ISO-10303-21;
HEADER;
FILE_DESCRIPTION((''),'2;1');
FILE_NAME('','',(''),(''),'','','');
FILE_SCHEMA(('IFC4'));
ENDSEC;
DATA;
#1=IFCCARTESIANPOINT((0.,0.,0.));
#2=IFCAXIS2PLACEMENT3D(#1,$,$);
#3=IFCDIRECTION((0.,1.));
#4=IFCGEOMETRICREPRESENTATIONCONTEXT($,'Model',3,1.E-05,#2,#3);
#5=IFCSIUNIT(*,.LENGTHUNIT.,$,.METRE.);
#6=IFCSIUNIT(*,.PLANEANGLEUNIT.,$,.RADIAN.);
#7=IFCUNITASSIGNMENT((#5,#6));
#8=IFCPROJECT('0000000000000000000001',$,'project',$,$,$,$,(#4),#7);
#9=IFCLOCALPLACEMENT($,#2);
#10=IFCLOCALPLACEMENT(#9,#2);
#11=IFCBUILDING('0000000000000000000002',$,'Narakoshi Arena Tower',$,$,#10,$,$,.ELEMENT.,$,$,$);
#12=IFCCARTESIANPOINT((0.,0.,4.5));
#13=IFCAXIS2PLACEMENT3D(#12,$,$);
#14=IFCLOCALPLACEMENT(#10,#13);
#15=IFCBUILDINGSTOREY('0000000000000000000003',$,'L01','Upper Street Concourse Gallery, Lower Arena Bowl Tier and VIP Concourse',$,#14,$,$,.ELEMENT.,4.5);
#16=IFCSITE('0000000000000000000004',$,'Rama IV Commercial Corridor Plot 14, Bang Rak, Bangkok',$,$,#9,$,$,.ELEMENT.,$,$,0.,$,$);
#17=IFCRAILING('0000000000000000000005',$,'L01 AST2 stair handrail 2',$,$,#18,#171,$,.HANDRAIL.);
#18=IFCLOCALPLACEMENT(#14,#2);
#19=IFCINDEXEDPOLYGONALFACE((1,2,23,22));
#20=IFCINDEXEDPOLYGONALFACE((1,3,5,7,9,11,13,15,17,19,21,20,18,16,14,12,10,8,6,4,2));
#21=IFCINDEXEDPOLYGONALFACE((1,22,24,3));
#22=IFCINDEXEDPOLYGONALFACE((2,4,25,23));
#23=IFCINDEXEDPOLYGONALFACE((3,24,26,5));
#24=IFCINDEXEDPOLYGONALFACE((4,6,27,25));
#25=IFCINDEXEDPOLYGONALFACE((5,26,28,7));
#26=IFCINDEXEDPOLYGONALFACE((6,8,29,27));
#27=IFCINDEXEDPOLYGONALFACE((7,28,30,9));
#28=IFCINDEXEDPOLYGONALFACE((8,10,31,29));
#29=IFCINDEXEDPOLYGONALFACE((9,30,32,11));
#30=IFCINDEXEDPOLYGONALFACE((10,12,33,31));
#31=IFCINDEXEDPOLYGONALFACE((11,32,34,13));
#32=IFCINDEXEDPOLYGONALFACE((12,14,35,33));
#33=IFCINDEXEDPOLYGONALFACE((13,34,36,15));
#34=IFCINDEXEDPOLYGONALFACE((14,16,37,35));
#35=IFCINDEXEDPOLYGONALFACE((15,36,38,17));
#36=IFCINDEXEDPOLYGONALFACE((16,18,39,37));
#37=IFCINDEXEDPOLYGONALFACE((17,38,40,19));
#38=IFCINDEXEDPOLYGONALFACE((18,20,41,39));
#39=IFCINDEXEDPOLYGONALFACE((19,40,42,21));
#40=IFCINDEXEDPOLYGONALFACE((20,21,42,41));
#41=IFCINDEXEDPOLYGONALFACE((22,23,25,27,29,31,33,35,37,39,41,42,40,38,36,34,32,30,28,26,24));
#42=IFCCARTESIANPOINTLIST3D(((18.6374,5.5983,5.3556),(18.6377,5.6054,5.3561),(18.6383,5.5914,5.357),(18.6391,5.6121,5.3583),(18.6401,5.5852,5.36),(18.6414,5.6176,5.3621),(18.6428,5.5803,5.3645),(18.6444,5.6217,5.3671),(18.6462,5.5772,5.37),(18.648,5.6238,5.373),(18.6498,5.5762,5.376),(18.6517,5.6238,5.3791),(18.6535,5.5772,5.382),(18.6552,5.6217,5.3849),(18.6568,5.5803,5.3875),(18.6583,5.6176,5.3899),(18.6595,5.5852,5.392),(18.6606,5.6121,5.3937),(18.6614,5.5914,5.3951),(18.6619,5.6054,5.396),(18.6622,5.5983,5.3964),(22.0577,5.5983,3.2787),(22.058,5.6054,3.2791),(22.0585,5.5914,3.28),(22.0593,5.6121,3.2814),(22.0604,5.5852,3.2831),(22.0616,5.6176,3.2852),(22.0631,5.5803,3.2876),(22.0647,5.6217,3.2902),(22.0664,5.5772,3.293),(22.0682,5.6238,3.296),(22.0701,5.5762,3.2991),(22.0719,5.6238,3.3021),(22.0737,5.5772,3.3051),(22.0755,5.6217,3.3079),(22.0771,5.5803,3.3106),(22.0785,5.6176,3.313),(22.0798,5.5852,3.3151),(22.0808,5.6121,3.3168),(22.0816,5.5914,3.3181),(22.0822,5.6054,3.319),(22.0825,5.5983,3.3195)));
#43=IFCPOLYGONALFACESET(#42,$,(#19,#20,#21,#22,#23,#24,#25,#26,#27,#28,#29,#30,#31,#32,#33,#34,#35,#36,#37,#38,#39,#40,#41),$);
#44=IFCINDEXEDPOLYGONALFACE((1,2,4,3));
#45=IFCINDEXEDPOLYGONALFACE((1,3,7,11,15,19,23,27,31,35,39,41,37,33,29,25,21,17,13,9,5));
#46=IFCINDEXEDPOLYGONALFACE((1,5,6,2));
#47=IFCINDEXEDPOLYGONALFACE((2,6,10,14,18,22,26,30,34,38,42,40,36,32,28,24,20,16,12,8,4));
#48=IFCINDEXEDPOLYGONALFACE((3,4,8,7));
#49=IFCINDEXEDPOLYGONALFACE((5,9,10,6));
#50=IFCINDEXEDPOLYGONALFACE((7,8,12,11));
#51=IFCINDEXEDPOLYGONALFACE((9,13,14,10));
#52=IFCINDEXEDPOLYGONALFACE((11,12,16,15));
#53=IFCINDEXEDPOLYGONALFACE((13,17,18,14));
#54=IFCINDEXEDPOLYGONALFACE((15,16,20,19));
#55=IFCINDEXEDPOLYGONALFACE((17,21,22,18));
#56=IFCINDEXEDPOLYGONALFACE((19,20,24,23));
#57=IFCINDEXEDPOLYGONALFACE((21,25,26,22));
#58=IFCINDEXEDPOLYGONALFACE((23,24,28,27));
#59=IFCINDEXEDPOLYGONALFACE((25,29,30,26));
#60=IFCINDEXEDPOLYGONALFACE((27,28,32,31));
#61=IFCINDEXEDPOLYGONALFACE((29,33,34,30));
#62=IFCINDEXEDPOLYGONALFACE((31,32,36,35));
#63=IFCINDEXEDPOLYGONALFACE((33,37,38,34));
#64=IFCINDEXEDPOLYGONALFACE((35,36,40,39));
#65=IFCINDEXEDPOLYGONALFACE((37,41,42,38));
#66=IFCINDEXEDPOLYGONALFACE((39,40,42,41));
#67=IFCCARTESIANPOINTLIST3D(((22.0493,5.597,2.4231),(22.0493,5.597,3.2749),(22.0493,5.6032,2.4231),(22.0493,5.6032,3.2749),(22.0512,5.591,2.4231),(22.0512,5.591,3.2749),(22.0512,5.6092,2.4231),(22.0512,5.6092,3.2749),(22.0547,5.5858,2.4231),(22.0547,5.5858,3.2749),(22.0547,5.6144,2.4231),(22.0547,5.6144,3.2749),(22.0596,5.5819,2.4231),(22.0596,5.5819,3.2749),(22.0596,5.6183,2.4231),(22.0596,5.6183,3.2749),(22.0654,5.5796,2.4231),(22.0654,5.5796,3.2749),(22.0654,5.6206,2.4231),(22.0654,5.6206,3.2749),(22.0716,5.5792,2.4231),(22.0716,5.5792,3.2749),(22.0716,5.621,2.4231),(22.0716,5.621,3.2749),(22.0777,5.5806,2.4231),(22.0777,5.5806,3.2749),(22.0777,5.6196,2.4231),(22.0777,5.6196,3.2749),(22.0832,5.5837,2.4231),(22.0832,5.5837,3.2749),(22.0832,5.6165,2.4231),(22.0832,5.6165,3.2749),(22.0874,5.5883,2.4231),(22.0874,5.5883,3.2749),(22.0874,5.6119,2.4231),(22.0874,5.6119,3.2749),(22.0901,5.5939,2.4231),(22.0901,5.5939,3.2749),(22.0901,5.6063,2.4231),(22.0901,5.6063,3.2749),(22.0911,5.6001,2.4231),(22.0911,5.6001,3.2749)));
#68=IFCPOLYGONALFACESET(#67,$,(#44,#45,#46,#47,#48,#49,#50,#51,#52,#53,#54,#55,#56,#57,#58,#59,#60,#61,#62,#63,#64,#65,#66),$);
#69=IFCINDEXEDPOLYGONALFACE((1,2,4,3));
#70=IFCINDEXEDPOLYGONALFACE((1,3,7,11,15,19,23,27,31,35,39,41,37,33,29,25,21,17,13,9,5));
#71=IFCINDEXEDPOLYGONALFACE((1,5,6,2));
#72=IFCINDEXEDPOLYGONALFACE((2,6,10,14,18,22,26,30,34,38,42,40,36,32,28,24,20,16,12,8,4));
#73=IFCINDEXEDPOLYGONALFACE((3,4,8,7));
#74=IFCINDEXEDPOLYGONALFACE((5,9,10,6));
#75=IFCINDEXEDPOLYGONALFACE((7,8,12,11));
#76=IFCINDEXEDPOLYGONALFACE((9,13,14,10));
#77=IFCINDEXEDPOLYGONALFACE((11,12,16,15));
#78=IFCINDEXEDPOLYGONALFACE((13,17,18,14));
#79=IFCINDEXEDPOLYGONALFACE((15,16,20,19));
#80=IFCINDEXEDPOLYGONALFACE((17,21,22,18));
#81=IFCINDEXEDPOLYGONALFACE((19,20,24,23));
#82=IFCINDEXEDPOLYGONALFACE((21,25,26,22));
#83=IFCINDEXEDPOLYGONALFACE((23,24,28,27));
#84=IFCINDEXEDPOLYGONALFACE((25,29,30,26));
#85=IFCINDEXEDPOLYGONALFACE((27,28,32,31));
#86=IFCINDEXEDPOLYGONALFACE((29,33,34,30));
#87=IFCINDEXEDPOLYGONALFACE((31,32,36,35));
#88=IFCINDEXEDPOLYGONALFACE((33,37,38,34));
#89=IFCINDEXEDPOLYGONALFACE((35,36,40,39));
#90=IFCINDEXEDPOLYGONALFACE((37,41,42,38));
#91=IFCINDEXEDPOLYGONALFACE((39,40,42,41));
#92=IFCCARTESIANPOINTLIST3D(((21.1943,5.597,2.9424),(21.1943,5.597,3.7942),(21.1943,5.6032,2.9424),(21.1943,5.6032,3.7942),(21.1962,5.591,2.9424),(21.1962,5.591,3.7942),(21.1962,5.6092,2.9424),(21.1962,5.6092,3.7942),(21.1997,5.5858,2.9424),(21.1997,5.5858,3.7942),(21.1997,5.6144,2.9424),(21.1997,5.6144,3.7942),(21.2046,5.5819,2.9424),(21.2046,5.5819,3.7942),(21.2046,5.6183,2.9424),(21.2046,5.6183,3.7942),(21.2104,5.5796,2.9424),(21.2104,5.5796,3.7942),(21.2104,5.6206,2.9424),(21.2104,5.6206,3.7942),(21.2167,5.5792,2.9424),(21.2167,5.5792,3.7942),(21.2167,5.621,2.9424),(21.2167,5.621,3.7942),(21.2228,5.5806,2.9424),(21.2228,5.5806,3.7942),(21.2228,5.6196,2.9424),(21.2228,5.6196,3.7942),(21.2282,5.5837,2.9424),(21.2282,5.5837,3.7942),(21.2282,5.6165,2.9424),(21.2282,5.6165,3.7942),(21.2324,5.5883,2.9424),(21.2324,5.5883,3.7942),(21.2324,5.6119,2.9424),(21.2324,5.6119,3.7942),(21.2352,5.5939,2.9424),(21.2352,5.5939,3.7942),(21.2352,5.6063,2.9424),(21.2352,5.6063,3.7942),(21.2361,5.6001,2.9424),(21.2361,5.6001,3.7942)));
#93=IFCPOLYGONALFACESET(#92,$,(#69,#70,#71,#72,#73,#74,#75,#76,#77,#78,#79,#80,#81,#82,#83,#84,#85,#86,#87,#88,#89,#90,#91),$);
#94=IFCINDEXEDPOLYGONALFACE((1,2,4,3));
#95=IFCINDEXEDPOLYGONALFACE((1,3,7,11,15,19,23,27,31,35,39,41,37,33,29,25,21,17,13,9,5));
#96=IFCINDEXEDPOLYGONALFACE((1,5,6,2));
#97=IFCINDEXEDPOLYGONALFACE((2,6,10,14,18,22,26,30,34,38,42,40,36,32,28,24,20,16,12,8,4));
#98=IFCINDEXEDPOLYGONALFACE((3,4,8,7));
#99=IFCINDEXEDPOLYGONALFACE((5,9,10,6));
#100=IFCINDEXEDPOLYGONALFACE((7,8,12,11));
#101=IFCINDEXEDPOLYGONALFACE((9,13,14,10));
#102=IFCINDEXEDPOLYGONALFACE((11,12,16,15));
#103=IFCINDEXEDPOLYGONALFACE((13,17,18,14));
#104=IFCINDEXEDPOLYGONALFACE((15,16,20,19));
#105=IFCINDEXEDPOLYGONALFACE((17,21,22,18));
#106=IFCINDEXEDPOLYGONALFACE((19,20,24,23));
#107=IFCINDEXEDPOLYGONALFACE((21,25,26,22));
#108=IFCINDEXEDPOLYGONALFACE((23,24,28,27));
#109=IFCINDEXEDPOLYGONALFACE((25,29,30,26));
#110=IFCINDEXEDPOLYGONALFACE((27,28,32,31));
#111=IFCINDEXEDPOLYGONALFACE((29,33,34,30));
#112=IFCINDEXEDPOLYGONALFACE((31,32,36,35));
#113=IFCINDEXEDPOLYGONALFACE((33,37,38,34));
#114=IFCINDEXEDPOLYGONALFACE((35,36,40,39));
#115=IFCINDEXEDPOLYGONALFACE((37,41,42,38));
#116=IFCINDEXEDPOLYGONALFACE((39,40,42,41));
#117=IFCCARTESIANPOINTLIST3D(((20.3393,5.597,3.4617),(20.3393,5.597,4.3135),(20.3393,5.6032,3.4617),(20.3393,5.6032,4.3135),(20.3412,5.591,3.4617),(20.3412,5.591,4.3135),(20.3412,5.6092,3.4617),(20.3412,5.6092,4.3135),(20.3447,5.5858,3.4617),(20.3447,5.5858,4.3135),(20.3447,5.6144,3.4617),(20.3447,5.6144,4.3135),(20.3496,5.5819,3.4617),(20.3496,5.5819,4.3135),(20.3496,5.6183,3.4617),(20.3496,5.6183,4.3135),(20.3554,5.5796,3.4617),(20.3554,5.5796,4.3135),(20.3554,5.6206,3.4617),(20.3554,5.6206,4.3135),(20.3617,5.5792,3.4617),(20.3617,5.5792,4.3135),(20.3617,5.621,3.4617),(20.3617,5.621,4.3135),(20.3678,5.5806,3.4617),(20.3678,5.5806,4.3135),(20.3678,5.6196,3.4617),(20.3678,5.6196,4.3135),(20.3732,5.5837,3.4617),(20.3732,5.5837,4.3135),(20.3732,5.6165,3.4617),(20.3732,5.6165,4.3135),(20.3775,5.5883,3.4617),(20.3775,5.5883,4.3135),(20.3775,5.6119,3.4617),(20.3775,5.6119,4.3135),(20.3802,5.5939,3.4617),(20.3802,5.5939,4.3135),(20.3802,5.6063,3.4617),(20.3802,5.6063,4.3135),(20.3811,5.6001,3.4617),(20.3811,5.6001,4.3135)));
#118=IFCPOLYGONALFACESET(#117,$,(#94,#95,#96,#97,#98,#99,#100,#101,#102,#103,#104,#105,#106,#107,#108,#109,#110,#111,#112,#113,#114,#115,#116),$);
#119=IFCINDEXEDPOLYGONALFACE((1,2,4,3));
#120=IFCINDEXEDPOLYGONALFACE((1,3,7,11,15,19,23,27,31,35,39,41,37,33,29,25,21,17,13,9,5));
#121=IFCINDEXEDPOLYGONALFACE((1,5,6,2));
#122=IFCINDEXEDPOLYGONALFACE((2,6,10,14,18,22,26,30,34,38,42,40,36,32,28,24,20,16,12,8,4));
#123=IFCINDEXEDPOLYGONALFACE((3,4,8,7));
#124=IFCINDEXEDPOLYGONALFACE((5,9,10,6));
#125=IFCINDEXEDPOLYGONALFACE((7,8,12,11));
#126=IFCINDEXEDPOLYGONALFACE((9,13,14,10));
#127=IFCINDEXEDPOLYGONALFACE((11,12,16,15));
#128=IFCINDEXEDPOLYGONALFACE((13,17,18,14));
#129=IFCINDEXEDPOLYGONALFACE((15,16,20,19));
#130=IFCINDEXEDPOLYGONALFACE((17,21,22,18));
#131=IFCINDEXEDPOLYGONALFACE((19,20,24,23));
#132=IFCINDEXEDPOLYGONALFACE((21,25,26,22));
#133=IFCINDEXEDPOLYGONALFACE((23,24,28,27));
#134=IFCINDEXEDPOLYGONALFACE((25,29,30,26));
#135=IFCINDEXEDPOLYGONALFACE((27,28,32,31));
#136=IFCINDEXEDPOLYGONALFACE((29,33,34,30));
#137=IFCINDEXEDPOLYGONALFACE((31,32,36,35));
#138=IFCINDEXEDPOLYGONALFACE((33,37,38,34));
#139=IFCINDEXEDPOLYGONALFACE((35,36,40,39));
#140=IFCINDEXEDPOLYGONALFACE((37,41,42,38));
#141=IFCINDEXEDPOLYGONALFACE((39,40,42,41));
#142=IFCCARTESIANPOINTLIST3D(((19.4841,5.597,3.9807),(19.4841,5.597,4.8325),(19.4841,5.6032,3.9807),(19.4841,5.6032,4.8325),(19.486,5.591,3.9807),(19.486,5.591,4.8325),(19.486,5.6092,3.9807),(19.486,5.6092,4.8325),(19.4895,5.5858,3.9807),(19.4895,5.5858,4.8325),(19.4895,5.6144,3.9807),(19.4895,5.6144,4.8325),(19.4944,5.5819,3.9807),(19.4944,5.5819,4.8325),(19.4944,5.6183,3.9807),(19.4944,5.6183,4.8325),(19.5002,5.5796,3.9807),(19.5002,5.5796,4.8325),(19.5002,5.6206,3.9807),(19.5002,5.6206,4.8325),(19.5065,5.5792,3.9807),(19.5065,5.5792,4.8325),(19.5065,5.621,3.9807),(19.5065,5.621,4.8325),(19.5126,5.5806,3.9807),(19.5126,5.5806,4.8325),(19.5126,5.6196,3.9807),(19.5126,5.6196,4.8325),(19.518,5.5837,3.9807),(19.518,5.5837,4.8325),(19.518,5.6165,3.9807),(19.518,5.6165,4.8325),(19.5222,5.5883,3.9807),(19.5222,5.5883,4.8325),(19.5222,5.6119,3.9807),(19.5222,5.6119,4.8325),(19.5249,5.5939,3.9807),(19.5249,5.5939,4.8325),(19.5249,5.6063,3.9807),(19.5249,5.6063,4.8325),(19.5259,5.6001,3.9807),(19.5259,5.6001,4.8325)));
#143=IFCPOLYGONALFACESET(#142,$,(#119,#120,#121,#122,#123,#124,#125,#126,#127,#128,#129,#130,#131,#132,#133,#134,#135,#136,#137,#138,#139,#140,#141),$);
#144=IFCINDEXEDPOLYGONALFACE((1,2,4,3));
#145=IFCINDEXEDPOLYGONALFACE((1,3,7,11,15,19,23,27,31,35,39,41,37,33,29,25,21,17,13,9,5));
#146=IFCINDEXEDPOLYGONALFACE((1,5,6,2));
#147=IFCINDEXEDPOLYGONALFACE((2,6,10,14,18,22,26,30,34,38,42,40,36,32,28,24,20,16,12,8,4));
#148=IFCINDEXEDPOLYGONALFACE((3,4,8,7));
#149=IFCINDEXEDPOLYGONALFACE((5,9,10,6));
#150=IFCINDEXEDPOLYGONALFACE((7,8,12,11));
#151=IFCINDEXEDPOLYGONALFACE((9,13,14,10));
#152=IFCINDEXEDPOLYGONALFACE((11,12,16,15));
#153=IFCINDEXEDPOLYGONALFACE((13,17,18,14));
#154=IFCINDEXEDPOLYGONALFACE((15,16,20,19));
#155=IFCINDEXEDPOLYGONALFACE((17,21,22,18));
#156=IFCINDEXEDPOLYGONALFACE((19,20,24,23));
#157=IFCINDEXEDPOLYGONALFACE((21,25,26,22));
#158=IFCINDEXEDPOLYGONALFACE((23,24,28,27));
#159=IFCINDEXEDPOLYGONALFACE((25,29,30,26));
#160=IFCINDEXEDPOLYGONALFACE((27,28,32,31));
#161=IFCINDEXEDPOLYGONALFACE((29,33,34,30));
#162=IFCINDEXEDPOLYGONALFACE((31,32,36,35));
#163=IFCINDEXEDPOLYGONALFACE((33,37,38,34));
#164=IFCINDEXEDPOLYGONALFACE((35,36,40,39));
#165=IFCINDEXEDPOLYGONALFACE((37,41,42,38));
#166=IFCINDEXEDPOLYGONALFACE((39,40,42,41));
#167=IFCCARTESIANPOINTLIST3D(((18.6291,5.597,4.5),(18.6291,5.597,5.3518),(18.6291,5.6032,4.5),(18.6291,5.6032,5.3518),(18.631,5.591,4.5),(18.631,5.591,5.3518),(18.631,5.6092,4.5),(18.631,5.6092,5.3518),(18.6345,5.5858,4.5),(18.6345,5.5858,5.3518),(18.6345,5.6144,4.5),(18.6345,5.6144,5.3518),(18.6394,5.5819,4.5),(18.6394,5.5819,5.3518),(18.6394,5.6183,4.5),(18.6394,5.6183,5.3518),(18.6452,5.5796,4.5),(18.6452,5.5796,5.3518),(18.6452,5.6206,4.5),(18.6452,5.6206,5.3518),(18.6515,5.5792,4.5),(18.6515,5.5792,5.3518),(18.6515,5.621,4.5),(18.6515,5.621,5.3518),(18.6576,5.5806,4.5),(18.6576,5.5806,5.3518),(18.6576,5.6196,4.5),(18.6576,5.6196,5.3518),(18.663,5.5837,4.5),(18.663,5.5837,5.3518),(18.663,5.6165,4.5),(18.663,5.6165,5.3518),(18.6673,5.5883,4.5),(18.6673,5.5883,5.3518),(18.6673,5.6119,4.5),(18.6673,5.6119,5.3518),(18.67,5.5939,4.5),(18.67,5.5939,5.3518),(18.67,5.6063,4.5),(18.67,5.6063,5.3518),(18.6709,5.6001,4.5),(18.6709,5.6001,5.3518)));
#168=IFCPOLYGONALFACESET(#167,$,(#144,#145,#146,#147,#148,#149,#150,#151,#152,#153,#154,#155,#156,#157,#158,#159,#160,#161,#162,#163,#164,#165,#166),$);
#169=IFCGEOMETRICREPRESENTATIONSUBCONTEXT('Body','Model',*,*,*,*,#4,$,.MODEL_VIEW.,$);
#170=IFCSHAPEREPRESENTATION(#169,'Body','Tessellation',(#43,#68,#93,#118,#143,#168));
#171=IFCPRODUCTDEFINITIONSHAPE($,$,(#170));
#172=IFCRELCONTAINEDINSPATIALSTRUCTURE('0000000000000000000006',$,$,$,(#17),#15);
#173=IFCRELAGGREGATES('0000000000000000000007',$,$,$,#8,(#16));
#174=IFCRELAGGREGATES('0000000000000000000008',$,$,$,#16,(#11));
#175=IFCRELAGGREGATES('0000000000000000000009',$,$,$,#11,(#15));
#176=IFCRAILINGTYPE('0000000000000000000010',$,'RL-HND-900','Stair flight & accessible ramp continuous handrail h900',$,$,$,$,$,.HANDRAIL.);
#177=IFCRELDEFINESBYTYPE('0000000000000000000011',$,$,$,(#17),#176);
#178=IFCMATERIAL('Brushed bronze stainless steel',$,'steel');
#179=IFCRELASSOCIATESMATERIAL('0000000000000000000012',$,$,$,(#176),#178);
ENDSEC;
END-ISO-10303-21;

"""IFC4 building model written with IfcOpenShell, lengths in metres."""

from ifc_helpers import new_model, si_unit, direction, frame, origin, origin_2d, place, context, subcontext, project, spatial, circle, extrude, material, type_object, element, save


model = new_model("IFC4")

# Units and contexts
model_context = context("Model", 3, precision=1e-05, world=origin(), true_north=direction((0.0, 1.0)))
body_context = subcontext(model_context, "Body", "Model", "MODEL_VIEW")
ifc_project = project(units=[si_unit("LENGTHUNIT", "METRE"), si_unit("PLANEANGLEUNIT", "RADIAN")], contexts=[model_context])

# Site, building, storey
site_placement = place(None, origin())
site = spatial("IfcSite", under=ifc_project, at=site_placement, Name="Rama IV Commercial Corridor Plot 14, Bang Rak, Bangkok", CompositionType="ELEMENT", RefElevation=0.0)
building_placement = place(site_placement, origin())
building = spatial("IfcBuilding", under=site, at=building_placement, Name="Narakoshi Arena Tower", CompositionType="ELEMENT")
storey_placement = place(building_placement, frame((0.0, 0.0, 4.5)))
storey = spatial("IfcBuildingStorey", under=building, at=storey_placement, Name="L01", Description="Upper Street Concourse Gallery, Lower Arena Bowl Tier and VIP Concourse", CompositionType="ELEMENT", Elevation=4.5)

# Railing
ifc_material_1 = material(Name="Brushed bronze stainless steel", Category="steel")
railing_type_1 = type_object("IfcRailingType", Name="RL-HND-900", Description="Stair flight & accessible ramp continuous handrail h900", PredefinedType="HANDRAIL", material=ifc_material_1)
for number, where, name in (
    (1, (22.0701, 5.6001, 2.4231), "L01 AST2 stair handrail 2"),
):
    element("IfcRailing", number, at=place(storey_placement, frame(where)), inside=storey, type_object=railing_type_1, Name=name, PredefinedType="HANDRAIL", context=body_context, shape_type="SweptSolid", body=[
        extrude(circle(Radius=0.0239, at=origin_2d()), frame((0.0, 0.0, 0.876), z_axis=(-0.854746, 0.0, 0.519047), x_axis=(0.0, -1.0, 0.0)), (0.0, 0.0, 1.0), 4.0015),
        extrude(circle(Radius=0.021, at=origin_2d()), origin(), (0.0, 0.0, 1.0), 0.8518),
        extrude(circle(Radius=0.021, at=origin_2d()), frame((-0.855, 0.0, 0.5193)), (0.0, 0.0, 1.0), 0.8518),
        extrude(circle(Radius=0.021, at=origin_2d()), frame((-1.71, 0.0, 1.0386)), (0.0, 0.0, 1.0), 0.8518),
        extrude(circle(Radius=0.021, at=origin_2d()), frame((-2.5652, 0.0, 1.5576)), (0.0, 0.0, 1.0), 0.8518),
        extrude(circle(Radius=0.021, at=origin_2d()), frame((-3.4202, 0.0, 2.0769)), (0.0, 0.0, 1.0), 0.8518),
    ])

save(model, "model.ifc")
